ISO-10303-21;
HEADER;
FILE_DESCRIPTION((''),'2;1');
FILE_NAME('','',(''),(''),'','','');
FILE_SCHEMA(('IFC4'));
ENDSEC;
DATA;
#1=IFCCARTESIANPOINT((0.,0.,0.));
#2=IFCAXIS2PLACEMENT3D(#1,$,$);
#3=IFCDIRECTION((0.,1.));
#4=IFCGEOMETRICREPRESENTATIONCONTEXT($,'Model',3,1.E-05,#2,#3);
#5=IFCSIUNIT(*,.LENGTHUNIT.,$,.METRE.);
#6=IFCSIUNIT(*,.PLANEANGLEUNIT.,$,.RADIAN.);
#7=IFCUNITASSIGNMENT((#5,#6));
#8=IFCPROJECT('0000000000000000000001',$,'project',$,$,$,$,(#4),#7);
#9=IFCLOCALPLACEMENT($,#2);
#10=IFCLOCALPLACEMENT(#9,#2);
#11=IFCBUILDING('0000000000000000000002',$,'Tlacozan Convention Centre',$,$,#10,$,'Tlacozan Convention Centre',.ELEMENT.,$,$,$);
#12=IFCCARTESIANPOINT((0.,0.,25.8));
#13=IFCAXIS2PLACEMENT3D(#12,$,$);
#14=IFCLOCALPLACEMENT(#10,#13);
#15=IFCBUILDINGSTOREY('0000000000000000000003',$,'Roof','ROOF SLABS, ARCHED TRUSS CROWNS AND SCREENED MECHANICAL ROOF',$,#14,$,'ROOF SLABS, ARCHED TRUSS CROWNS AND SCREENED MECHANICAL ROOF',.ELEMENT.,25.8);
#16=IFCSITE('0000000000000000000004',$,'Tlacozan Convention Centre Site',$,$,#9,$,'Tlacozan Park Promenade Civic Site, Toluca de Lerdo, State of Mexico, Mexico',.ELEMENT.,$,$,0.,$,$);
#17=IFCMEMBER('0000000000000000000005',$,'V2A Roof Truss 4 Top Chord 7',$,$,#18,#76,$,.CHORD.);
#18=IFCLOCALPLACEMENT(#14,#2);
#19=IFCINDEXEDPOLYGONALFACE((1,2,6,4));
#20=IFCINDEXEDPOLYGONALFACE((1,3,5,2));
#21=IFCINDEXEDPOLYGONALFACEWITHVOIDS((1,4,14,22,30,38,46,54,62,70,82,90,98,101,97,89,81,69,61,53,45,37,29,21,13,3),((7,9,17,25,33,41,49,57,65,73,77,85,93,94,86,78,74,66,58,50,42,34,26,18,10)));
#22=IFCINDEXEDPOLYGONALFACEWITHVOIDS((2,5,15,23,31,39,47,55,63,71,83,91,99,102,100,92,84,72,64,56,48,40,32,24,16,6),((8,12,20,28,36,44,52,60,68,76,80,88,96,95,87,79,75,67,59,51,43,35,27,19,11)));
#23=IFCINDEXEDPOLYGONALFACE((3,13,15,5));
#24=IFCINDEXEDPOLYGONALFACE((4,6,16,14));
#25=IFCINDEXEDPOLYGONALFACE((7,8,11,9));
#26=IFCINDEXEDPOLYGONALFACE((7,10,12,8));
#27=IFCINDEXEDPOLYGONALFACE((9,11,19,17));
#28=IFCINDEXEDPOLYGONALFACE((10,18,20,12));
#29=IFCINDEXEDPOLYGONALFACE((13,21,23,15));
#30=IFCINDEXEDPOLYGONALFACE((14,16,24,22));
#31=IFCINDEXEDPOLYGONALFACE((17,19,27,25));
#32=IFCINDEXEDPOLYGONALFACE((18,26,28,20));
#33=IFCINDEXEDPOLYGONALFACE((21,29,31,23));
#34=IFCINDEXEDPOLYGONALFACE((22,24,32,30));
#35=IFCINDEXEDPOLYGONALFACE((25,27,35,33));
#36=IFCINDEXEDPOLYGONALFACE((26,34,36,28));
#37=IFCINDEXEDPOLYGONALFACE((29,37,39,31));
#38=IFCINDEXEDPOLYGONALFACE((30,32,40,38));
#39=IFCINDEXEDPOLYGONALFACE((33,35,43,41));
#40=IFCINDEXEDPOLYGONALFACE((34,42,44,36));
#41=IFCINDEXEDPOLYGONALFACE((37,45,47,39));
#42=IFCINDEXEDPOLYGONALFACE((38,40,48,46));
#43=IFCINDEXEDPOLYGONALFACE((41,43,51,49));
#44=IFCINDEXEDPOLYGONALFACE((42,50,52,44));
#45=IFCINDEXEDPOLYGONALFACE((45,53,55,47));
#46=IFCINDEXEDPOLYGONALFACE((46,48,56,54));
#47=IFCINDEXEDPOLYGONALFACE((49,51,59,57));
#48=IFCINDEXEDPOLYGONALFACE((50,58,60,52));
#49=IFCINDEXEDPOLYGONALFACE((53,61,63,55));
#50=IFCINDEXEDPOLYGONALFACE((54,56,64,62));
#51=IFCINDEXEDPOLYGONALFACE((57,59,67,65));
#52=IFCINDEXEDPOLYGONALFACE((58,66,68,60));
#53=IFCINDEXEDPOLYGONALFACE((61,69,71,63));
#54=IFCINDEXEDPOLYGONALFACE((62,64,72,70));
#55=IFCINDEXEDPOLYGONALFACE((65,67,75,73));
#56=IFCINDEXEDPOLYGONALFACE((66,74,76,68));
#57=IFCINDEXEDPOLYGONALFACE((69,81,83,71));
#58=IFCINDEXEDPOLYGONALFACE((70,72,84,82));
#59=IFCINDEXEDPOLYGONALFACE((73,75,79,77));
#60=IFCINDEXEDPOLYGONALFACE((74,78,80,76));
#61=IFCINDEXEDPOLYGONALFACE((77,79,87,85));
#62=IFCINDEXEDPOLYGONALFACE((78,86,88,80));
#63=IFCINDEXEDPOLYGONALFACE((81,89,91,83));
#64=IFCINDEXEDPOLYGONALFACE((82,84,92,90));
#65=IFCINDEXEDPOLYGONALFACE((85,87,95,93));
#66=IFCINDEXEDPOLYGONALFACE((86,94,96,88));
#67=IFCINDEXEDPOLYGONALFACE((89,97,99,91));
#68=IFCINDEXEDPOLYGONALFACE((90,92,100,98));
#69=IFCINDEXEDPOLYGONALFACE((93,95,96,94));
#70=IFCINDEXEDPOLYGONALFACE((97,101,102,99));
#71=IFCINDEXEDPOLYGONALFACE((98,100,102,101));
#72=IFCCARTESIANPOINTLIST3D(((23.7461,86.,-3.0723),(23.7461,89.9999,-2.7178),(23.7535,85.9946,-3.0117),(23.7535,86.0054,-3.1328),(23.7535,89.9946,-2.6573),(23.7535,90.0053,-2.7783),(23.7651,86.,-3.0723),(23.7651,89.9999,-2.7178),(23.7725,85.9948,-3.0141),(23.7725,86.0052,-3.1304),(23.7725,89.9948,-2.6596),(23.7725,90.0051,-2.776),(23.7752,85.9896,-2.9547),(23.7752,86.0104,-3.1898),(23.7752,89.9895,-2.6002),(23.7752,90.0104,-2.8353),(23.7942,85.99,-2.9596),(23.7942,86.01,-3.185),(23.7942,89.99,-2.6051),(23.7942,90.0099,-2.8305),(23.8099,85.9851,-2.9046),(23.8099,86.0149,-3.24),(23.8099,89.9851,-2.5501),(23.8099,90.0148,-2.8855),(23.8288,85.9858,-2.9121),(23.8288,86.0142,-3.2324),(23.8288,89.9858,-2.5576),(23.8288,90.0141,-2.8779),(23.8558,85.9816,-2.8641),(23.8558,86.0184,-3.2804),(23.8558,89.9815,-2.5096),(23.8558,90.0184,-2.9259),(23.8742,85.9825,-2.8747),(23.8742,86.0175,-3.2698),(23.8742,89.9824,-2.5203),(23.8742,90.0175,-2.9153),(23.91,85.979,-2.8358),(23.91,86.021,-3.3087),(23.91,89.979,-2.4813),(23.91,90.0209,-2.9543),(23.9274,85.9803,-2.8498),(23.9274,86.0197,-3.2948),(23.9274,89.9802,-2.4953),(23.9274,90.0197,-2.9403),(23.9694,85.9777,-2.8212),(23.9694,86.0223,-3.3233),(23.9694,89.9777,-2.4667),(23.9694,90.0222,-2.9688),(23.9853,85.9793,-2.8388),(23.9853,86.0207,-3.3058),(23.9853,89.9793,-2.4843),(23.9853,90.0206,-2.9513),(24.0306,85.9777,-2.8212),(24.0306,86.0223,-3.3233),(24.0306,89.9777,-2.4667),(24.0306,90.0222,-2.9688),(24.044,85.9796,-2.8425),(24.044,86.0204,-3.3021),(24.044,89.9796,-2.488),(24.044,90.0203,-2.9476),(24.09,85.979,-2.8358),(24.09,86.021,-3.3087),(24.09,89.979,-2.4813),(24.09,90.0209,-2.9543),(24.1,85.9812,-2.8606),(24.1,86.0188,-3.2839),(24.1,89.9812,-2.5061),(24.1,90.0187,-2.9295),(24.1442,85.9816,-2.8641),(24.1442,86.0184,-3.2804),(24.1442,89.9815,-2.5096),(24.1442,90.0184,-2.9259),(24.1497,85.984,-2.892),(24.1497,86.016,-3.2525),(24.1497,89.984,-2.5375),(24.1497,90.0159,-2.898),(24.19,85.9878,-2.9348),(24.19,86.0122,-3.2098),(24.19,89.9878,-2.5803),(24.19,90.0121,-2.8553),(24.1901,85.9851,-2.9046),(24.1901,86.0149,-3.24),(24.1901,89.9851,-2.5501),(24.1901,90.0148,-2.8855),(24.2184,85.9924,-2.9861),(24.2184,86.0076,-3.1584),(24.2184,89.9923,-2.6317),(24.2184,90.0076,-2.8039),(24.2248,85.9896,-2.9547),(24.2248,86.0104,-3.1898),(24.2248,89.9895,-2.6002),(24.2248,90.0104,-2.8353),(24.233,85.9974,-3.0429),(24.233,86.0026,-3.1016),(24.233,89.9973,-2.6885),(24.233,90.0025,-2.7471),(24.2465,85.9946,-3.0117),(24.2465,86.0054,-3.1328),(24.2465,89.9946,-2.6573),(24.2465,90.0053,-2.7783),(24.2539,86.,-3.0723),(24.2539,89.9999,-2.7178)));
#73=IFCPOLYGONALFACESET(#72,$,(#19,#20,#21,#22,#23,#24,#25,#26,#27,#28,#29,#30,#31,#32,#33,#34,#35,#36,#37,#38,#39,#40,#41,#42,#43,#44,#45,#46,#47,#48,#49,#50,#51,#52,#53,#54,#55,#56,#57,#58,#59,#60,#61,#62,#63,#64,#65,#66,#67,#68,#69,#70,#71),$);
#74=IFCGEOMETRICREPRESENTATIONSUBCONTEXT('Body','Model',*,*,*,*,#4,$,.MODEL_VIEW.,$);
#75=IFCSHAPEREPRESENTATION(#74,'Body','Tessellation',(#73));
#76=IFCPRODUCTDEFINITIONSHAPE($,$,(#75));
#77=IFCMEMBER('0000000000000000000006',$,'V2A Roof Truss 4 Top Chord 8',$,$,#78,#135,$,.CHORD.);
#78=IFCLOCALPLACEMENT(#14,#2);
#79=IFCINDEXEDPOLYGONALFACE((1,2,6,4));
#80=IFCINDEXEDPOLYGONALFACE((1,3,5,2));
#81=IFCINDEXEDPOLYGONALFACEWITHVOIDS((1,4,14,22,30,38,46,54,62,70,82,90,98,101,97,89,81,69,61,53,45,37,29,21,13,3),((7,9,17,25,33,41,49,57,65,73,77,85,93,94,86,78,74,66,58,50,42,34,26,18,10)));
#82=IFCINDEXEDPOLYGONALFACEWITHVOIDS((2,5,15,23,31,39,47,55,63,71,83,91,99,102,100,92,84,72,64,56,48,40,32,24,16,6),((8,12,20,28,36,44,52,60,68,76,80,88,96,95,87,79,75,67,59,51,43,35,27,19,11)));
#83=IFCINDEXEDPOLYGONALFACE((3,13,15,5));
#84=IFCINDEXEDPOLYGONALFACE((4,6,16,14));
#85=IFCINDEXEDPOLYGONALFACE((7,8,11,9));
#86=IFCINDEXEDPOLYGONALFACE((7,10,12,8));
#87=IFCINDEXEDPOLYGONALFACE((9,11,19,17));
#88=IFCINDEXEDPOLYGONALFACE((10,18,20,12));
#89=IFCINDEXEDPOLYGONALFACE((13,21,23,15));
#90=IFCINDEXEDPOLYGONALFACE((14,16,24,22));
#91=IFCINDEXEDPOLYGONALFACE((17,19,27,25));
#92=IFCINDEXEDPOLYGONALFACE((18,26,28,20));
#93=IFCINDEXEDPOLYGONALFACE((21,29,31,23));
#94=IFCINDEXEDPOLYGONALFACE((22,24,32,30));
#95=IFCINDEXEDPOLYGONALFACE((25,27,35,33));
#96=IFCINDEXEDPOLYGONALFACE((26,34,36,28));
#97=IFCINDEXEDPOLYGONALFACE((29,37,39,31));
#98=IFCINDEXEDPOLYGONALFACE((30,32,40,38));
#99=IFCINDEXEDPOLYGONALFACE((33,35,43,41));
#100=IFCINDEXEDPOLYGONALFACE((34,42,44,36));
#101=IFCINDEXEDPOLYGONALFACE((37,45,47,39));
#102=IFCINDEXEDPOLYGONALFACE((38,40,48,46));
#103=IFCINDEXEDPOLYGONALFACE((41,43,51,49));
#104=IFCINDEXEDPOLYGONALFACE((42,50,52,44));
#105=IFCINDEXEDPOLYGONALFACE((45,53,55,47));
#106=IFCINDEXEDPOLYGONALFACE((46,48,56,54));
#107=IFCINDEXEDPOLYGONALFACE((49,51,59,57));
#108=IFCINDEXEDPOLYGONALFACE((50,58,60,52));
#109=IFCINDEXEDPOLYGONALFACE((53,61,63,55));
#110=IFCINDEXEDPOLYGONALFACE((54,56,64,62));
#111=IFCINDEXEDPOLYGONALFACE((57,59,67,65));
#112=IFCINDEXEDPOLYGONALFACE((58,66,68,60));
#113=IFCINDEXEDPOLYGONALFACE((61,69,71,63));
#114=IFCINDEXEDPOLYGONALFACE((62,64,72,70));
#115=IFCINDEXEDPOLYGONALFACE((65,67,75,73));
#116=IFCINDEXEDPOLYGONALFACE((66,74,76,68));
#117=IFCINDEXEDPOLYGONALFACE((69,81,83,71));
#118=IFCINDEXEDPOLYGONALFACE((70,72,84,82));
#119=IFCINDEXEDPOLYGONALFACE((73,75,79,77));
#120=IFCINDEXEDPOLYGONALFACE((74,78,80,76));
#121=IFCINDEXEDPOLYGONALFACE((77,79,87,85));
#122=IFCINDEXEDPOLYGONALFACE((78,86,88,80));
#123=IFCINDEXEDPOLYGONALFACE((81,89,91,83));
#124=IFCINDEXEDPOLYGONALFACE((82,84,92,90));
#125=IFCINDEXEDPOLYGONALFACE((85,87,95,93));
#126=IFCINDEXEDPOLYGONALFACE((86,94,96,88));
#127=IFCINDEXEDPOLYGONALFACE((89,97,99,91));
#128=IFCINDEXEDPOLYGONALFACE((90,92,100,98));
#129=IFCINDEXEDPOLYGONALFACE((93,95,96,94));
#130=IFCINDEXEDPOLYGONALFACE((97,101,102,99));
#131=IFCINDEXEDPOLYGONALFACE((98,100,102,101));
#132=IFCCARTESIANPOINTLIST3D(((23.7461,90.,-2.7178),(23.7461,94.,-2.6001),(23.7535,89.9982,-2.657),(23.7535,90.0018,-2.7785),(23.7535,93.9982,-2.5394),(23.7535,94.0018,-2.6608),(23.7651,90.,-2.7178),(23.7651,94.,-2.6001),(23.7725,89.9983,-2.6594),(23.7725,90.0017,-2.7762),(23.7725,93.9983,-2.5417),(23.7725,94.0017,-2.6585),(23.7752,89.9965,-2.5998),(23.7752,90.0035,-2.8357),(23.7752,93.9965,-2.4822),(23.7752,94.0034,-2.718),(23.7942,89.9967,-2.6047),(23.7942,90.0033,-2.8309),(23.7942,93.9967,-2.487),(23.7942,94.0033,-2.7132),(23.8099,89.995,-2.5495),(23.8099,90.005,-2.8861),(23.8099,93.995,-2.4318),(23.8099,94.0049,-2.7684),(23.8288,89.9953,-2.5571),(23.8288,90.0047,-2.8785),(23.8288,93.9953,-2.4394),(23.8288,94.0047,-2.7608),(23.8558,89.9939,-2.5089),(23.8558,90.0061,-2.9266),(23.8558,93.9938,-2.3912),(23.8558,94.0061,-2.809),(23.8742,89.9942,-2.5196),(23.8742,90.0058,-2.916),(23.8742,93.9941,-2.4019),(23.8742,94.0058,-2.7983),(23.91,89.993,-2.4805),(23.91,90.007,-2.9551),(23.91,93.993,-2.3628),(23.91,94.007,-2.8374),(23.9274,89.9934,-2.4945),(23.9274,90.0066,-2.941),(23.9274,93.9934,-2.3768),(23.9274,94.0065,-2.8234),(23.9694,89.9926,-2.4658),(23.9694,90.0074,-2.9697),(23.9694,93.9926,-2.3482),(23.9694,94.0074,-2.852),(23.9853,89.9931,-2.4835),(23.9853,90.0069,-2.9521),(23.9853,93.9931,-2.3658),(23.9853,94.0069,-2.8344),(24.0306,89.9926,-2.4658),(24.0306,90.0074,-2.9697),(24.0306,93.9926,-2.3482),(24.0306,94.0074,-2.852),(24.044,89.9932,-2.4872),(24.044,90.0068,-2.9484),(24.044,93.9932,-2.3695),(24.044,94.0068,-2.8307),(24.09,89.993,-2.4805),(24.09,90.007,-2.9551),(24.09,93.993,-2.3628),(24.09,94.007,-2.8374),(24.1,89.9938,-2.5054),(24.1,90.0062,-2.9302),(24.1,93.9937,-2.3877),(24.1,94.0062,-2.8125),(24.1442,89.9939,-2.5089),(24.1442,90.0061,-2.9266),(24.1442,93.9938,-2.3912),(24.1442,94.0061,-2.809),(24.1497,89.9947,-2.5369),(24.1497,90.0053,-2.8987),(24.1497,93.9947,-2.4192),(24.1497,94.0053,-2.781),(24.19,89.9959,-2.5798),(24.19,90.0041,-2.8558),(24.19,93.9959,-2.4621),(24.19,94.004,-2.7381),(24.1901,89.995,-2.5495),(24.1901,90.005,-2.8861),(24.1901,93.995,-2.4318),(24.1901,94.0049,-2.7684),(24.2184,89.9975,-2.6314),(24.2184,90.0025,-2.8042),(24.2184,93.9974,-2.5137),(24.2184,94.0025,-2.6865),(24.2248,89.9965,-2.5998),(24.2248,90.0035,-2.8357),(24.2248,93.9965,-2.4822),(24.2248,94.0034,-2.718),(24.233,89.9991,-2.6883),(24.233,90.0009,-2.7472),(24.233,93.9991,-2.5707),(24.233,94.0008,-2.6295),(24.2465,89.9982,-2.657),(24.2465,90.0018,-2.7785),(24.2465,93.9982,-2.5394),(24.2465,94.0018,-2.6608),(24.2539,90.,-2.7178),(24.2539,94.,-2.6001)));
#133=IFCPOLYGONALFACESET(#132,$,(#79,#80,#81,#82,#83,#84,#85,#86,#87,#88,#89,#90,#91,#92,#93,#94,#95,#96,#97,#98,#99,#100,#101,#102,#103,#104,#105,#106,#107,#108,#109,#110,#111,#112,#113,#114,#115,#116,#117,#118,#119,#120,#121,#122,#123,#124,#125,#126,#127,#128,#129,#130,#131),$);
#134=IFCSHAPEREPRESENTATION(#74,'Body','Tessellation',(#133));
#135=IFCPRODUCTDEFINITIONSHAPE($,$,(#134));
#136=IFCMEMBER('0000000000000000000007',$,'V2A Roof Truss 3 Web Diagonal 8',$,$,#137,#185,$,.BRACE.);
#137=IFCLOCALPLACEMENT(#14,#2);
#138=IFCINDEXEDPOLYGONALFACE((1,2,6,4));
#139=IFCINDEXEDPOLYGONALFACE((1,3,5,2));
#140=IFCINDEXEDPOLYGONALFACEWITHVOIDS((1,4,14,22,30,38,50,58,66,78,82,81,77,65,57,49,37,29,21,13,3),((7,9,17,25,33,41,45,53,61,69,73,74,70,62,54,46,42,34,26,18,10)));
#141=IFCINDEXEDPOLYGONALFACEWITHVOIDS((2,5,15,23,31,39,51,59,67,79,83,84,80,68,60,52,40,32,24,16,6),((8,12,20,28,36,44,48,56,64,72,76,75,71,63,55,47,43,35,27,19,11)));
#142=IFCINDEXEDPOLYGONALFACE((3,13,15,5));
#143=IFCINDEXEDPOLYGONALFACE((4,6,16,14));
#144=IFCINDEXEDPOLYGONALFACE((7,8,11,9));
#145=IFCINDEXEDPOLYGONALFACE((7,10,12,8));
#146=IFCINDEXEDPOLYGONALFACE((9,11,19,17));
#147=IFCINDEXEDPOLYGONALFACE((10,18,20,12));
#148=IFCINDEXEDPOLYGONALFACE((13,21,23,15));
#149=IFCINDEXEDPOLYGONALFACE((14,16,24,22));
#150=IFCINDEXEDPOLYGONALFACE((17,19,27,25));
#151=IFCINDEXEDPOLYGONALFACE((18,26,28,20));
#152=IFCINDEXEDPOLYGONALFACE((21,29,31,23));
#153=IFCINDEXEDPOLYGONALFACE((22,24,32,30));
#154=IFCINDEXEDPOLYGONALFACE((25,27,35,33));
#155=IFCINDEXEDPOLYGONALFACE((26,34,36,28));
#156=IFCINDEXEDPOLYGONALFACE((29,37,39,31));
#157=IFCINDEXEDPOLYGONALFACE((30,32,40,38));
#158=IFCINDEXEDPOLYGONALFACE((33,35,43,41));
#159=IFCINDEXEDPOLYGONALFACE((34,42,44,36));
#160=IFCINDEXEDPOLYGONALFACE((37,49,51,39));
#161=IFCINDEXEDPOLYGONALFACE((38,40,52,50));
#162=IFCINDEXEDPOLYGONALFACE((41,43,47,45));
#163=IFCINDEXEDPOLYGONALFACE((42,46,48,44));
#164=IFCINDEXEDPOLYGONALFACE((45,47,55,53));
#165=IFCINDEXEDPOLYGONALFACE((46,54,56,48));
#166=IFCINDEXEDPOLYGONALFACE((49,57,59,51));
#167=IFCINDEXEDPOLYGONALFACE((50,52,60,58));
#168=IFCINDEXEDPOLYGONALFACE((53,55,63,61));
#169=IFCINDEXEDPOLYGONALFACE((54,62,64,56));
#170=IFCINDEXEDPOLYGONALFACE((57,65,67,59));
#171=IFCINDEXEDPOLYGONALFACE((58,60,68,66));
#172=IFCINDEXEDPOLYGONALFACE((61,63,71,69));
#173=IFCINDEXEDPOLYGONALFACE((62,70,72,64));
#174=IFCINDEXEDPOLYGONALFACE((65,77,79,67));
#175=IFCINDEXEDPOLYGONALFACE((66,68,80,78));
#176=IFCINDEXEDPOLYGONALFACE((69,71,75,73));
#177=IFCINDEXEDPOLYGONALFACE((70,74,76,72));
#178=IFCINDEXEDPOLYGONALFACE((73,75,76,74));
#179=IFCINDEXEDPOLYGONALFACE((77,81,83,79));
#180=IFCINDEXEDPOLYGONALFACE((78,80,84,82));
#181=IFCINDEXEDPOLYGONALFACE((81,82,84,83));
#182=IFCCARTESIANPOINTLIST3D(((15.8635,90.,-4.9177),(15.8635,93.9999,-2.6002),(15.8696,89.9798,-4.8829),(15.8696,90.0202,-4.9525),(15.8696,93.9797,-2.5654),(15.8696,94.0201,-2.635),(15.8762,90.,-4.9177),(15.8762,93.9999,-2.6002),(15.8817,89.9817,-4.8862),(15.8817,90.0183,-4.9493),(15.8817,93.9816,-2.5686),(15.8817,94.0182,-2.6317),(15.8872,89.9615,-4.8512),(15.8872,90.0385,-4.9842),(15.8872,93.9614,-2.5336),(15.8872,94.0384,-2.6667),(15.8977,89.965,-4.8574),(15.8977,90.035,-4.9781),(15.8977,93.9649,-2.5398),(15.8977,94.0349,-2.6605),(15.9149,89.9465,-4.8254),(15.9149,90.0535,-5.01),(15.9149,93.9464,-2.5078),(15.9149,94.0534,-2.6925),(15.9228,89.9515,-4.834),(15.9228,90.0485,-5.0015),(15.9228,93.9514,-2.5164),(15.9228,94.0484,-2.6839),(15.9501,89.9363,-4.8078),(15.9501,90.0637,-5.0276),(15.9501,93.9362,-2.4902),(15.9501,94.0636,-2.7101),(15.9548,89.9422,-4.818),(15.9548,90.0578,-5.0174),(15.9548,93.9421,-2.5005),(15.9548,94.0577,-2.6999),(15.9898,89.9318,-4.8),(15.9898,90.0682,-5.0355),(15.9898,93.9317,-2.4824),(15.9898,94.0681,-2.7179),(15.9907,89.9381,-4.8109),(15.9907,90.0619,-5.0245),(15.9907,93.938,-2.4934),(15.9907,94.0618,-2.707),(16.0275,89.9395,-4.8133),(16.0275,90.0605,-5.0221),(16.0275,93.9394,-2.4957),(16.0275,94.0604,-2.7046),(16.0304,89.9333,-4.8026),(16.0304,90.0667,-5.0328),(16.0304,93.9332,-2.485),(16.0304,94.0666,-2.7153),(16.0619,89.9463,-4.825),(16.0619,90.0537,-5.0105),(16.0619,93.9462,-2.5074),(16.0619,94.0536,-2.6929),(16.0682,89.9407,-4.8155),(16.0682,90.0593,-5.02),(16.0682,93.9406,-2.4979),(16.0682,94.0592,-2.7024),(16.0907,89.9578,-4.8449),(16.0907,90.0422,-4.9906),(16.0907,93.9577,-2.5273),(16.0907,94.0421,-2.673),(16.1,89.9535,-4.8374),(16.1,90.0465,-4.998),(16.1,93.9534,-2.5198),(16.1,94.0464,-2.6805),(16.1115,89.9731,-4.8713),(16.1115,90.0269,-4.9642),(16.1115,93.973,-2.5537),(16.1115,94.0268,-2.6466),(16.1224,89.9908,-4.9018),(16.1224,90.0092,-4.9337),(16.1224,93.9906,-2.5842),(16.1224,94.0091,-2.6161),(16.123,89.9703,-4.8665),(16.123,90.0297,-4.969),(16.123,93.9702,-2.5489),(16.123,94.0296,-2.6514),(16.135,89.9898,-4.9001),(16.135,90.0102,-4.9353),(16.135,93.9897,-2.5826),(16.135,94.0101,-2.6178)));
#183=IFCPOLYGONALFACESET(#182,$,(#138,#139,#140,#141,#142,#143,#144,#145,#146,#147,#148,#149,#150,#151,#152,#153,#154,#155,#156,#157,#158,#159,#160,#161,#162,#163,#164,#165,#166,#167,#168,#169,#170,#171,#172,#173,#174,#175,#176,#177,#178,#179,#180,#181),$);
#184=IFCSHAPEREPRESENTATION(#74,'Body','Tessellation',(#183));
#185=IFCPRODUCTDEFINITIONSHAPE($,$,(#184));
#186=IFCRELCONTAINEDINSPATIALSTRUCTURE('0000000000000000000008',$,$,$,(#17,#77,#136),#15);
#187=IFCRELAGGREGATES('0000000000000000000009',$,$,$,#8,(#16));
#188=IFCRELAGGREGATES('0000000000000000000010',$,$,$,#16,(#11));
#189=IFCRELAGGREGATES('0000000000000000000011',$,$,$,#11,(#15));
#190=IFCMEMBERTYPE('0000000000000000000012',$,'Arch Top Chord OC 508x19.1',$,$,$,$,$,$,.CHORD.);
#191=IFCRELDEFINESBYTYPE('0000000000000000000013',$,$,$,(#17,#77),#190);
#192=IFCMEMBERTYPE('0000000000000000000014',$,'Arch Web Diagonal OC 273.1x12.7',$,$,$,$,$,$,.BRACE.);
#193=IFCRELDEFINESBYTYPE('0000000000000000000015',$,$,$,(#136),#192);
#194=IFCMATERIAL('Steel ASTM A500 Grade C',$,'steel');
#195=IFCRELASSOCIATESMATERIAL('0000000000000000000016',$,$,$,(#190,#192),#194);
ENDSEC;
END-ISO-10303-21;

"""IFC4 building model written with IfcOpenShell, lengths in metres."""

from ifc_helpers import new_model, si_unit, direction, frame, origin, origin_2d, place, context, subcontext, project, spatial, hollow_circle, extrude, material, material_profile, profile_set, type_object, element, save


model = new_model("IFC4")

# Units and contexts
model_context = context("Model", 3, precision=1e-05, world=origin(), true_north=direction((0.0, 1.0)))
body_context = subcontext(model_context, "Body", "Model", "MODEL_VIEW")
ifc_project = project(units=[si_unit("LENGTHUNIT", "METRE"), si_unit("PLANEANGLEUNIT", "RADIAN")], contexts=[model_context])

# Site, building, storey
site_placement = place(None, origin())
site = spatial("IfcSite", under=ifc_project, at=site_placement, Name="Tlacozan Convention Centre Site", LongName="Tlacozan Park Promenade Civic Site, Toluca de Lerdo, State of Mexico, Mexico", CompositionType="ELEMENT", RefElevation=0.0)
building_placement = place(site_placement, origin())
building = spatial("IfcBuilding", under=site, at=building_placement, Name="Tlacozan Convention Centre", LongName="Tlacozan Convention Centre", CompositionType="ELEMENT")
storey_placement = place(building_placement, frame((0.0, 0.0, 25.8)))
storey = spatial("IfcBuildingStorey", under=building, at=storey_placement, Name="Roof", Description="ROOF SLABS, ARCHED TRUSS CROWNS AND SCREENED MECHANICAL ROOF", LongName="ROOF SLABS, ARCHED TRUSS CROWNS AND SCREENED MECHANICAL ROOF", CompositionType="ELEMENT", Elevation=25.8)

# Members
ifc_material_1 = material(Name="Steel ASTM A500 Grade C", Category="steel")
ifc_material_profile_1 = material_profile(ifc_material_1, hollow_circle(Radius=0.2539, WallThickness=0.019, at=origin_2d()), Name="OC 508.0x19.1")
ifc_profile_set_1 = profile_set([ifc_material_profile_1], Name="Steel ASTM A500 Grade C")
member_type_1 = type_object("IfcMemberType", Name="Arch Top Chord OC 508x19.1", PredefinedType="CHORD", material=ifc_profile_set_1)
member_1_placement = place(storey_placement, frame((24.0, 86.0, -3.0723), z_axis=(0.0, 0.996096, 0.088277), x_axis=(-1.0, 0.0, 0.0)))
element("IfcMember", 1, at=member_1_placement, inside=storey, type_object=member_type_1, Name="V2A Roof Truss 4 Top Chord 7", PredefinedType="CHORD", context=body_context, shape_type="SweptSolid", body=[
    extrude(hollow_circle(Radius=0.2539, WallThickness=0.019, at=origin_2d()), origin(), (0.0, 0.0, 1.0), 4.0156),
])
member_2_placement = place(storey_placement, frame((24.0, 90.0, -2.7178), z_axis=(0.0, 0.999568, 0.029406), x_axis=(-1.0, 0.0, 0.0)))
element("IfcMember", 2, at=member_2_placement, inside=storey, type_object=member_type_1, Name="V2A Roof Truss 4 Top Chord 8", PredefinedType="CHORD", context=body_context, shape_type="SweptSolid", body=[
    extrude(hollow_circle(Radius=0.2539, WallThickness=0.019, at=origin_2d()), origin(), (0.0, 0.0, 1.0), 4.0017),
])
ifc_material_profile_2 = material_profile(ifc_material_1, hollow_circle(Radius=0.1365, WallThickness=0.0127, at=origin_2d()), Name="OC 273.1x12.7")
ifc_profile_set_2 = profile_set([ifc_material_profile_2], Name="Steel ASTM A500 Grade C")
member_type_2 = type_object("IfcMemberType", Name="Arch Web Diagonal OC 273.1x12.7", PredefinedType="BRACE", material=ifc_profile_set_2)
member_3_placement = place(storey_placement, frame((16.0, 90.0, -4.9177), z_axis=(0.0, 0.865254, 0.501334), x_axis=(-1.0, 0.0, 0.0)))
element("IfcMember", 3, at=member_3_placement, inside=storey, type_object=member_type_2, Name="V2A Roof Truss 3 Web Diagonal 8", PredefinedType="BRACE", context=body_context, shape_type="SweptSolid", body=[
    extrude(hollow_circle(Radius=0.1365, WallThickness=0.0127, at=origin_2d()), origin(), (0.0, 0.0, 1.0), 4.6228),
])

save(model, "model.ifc")
